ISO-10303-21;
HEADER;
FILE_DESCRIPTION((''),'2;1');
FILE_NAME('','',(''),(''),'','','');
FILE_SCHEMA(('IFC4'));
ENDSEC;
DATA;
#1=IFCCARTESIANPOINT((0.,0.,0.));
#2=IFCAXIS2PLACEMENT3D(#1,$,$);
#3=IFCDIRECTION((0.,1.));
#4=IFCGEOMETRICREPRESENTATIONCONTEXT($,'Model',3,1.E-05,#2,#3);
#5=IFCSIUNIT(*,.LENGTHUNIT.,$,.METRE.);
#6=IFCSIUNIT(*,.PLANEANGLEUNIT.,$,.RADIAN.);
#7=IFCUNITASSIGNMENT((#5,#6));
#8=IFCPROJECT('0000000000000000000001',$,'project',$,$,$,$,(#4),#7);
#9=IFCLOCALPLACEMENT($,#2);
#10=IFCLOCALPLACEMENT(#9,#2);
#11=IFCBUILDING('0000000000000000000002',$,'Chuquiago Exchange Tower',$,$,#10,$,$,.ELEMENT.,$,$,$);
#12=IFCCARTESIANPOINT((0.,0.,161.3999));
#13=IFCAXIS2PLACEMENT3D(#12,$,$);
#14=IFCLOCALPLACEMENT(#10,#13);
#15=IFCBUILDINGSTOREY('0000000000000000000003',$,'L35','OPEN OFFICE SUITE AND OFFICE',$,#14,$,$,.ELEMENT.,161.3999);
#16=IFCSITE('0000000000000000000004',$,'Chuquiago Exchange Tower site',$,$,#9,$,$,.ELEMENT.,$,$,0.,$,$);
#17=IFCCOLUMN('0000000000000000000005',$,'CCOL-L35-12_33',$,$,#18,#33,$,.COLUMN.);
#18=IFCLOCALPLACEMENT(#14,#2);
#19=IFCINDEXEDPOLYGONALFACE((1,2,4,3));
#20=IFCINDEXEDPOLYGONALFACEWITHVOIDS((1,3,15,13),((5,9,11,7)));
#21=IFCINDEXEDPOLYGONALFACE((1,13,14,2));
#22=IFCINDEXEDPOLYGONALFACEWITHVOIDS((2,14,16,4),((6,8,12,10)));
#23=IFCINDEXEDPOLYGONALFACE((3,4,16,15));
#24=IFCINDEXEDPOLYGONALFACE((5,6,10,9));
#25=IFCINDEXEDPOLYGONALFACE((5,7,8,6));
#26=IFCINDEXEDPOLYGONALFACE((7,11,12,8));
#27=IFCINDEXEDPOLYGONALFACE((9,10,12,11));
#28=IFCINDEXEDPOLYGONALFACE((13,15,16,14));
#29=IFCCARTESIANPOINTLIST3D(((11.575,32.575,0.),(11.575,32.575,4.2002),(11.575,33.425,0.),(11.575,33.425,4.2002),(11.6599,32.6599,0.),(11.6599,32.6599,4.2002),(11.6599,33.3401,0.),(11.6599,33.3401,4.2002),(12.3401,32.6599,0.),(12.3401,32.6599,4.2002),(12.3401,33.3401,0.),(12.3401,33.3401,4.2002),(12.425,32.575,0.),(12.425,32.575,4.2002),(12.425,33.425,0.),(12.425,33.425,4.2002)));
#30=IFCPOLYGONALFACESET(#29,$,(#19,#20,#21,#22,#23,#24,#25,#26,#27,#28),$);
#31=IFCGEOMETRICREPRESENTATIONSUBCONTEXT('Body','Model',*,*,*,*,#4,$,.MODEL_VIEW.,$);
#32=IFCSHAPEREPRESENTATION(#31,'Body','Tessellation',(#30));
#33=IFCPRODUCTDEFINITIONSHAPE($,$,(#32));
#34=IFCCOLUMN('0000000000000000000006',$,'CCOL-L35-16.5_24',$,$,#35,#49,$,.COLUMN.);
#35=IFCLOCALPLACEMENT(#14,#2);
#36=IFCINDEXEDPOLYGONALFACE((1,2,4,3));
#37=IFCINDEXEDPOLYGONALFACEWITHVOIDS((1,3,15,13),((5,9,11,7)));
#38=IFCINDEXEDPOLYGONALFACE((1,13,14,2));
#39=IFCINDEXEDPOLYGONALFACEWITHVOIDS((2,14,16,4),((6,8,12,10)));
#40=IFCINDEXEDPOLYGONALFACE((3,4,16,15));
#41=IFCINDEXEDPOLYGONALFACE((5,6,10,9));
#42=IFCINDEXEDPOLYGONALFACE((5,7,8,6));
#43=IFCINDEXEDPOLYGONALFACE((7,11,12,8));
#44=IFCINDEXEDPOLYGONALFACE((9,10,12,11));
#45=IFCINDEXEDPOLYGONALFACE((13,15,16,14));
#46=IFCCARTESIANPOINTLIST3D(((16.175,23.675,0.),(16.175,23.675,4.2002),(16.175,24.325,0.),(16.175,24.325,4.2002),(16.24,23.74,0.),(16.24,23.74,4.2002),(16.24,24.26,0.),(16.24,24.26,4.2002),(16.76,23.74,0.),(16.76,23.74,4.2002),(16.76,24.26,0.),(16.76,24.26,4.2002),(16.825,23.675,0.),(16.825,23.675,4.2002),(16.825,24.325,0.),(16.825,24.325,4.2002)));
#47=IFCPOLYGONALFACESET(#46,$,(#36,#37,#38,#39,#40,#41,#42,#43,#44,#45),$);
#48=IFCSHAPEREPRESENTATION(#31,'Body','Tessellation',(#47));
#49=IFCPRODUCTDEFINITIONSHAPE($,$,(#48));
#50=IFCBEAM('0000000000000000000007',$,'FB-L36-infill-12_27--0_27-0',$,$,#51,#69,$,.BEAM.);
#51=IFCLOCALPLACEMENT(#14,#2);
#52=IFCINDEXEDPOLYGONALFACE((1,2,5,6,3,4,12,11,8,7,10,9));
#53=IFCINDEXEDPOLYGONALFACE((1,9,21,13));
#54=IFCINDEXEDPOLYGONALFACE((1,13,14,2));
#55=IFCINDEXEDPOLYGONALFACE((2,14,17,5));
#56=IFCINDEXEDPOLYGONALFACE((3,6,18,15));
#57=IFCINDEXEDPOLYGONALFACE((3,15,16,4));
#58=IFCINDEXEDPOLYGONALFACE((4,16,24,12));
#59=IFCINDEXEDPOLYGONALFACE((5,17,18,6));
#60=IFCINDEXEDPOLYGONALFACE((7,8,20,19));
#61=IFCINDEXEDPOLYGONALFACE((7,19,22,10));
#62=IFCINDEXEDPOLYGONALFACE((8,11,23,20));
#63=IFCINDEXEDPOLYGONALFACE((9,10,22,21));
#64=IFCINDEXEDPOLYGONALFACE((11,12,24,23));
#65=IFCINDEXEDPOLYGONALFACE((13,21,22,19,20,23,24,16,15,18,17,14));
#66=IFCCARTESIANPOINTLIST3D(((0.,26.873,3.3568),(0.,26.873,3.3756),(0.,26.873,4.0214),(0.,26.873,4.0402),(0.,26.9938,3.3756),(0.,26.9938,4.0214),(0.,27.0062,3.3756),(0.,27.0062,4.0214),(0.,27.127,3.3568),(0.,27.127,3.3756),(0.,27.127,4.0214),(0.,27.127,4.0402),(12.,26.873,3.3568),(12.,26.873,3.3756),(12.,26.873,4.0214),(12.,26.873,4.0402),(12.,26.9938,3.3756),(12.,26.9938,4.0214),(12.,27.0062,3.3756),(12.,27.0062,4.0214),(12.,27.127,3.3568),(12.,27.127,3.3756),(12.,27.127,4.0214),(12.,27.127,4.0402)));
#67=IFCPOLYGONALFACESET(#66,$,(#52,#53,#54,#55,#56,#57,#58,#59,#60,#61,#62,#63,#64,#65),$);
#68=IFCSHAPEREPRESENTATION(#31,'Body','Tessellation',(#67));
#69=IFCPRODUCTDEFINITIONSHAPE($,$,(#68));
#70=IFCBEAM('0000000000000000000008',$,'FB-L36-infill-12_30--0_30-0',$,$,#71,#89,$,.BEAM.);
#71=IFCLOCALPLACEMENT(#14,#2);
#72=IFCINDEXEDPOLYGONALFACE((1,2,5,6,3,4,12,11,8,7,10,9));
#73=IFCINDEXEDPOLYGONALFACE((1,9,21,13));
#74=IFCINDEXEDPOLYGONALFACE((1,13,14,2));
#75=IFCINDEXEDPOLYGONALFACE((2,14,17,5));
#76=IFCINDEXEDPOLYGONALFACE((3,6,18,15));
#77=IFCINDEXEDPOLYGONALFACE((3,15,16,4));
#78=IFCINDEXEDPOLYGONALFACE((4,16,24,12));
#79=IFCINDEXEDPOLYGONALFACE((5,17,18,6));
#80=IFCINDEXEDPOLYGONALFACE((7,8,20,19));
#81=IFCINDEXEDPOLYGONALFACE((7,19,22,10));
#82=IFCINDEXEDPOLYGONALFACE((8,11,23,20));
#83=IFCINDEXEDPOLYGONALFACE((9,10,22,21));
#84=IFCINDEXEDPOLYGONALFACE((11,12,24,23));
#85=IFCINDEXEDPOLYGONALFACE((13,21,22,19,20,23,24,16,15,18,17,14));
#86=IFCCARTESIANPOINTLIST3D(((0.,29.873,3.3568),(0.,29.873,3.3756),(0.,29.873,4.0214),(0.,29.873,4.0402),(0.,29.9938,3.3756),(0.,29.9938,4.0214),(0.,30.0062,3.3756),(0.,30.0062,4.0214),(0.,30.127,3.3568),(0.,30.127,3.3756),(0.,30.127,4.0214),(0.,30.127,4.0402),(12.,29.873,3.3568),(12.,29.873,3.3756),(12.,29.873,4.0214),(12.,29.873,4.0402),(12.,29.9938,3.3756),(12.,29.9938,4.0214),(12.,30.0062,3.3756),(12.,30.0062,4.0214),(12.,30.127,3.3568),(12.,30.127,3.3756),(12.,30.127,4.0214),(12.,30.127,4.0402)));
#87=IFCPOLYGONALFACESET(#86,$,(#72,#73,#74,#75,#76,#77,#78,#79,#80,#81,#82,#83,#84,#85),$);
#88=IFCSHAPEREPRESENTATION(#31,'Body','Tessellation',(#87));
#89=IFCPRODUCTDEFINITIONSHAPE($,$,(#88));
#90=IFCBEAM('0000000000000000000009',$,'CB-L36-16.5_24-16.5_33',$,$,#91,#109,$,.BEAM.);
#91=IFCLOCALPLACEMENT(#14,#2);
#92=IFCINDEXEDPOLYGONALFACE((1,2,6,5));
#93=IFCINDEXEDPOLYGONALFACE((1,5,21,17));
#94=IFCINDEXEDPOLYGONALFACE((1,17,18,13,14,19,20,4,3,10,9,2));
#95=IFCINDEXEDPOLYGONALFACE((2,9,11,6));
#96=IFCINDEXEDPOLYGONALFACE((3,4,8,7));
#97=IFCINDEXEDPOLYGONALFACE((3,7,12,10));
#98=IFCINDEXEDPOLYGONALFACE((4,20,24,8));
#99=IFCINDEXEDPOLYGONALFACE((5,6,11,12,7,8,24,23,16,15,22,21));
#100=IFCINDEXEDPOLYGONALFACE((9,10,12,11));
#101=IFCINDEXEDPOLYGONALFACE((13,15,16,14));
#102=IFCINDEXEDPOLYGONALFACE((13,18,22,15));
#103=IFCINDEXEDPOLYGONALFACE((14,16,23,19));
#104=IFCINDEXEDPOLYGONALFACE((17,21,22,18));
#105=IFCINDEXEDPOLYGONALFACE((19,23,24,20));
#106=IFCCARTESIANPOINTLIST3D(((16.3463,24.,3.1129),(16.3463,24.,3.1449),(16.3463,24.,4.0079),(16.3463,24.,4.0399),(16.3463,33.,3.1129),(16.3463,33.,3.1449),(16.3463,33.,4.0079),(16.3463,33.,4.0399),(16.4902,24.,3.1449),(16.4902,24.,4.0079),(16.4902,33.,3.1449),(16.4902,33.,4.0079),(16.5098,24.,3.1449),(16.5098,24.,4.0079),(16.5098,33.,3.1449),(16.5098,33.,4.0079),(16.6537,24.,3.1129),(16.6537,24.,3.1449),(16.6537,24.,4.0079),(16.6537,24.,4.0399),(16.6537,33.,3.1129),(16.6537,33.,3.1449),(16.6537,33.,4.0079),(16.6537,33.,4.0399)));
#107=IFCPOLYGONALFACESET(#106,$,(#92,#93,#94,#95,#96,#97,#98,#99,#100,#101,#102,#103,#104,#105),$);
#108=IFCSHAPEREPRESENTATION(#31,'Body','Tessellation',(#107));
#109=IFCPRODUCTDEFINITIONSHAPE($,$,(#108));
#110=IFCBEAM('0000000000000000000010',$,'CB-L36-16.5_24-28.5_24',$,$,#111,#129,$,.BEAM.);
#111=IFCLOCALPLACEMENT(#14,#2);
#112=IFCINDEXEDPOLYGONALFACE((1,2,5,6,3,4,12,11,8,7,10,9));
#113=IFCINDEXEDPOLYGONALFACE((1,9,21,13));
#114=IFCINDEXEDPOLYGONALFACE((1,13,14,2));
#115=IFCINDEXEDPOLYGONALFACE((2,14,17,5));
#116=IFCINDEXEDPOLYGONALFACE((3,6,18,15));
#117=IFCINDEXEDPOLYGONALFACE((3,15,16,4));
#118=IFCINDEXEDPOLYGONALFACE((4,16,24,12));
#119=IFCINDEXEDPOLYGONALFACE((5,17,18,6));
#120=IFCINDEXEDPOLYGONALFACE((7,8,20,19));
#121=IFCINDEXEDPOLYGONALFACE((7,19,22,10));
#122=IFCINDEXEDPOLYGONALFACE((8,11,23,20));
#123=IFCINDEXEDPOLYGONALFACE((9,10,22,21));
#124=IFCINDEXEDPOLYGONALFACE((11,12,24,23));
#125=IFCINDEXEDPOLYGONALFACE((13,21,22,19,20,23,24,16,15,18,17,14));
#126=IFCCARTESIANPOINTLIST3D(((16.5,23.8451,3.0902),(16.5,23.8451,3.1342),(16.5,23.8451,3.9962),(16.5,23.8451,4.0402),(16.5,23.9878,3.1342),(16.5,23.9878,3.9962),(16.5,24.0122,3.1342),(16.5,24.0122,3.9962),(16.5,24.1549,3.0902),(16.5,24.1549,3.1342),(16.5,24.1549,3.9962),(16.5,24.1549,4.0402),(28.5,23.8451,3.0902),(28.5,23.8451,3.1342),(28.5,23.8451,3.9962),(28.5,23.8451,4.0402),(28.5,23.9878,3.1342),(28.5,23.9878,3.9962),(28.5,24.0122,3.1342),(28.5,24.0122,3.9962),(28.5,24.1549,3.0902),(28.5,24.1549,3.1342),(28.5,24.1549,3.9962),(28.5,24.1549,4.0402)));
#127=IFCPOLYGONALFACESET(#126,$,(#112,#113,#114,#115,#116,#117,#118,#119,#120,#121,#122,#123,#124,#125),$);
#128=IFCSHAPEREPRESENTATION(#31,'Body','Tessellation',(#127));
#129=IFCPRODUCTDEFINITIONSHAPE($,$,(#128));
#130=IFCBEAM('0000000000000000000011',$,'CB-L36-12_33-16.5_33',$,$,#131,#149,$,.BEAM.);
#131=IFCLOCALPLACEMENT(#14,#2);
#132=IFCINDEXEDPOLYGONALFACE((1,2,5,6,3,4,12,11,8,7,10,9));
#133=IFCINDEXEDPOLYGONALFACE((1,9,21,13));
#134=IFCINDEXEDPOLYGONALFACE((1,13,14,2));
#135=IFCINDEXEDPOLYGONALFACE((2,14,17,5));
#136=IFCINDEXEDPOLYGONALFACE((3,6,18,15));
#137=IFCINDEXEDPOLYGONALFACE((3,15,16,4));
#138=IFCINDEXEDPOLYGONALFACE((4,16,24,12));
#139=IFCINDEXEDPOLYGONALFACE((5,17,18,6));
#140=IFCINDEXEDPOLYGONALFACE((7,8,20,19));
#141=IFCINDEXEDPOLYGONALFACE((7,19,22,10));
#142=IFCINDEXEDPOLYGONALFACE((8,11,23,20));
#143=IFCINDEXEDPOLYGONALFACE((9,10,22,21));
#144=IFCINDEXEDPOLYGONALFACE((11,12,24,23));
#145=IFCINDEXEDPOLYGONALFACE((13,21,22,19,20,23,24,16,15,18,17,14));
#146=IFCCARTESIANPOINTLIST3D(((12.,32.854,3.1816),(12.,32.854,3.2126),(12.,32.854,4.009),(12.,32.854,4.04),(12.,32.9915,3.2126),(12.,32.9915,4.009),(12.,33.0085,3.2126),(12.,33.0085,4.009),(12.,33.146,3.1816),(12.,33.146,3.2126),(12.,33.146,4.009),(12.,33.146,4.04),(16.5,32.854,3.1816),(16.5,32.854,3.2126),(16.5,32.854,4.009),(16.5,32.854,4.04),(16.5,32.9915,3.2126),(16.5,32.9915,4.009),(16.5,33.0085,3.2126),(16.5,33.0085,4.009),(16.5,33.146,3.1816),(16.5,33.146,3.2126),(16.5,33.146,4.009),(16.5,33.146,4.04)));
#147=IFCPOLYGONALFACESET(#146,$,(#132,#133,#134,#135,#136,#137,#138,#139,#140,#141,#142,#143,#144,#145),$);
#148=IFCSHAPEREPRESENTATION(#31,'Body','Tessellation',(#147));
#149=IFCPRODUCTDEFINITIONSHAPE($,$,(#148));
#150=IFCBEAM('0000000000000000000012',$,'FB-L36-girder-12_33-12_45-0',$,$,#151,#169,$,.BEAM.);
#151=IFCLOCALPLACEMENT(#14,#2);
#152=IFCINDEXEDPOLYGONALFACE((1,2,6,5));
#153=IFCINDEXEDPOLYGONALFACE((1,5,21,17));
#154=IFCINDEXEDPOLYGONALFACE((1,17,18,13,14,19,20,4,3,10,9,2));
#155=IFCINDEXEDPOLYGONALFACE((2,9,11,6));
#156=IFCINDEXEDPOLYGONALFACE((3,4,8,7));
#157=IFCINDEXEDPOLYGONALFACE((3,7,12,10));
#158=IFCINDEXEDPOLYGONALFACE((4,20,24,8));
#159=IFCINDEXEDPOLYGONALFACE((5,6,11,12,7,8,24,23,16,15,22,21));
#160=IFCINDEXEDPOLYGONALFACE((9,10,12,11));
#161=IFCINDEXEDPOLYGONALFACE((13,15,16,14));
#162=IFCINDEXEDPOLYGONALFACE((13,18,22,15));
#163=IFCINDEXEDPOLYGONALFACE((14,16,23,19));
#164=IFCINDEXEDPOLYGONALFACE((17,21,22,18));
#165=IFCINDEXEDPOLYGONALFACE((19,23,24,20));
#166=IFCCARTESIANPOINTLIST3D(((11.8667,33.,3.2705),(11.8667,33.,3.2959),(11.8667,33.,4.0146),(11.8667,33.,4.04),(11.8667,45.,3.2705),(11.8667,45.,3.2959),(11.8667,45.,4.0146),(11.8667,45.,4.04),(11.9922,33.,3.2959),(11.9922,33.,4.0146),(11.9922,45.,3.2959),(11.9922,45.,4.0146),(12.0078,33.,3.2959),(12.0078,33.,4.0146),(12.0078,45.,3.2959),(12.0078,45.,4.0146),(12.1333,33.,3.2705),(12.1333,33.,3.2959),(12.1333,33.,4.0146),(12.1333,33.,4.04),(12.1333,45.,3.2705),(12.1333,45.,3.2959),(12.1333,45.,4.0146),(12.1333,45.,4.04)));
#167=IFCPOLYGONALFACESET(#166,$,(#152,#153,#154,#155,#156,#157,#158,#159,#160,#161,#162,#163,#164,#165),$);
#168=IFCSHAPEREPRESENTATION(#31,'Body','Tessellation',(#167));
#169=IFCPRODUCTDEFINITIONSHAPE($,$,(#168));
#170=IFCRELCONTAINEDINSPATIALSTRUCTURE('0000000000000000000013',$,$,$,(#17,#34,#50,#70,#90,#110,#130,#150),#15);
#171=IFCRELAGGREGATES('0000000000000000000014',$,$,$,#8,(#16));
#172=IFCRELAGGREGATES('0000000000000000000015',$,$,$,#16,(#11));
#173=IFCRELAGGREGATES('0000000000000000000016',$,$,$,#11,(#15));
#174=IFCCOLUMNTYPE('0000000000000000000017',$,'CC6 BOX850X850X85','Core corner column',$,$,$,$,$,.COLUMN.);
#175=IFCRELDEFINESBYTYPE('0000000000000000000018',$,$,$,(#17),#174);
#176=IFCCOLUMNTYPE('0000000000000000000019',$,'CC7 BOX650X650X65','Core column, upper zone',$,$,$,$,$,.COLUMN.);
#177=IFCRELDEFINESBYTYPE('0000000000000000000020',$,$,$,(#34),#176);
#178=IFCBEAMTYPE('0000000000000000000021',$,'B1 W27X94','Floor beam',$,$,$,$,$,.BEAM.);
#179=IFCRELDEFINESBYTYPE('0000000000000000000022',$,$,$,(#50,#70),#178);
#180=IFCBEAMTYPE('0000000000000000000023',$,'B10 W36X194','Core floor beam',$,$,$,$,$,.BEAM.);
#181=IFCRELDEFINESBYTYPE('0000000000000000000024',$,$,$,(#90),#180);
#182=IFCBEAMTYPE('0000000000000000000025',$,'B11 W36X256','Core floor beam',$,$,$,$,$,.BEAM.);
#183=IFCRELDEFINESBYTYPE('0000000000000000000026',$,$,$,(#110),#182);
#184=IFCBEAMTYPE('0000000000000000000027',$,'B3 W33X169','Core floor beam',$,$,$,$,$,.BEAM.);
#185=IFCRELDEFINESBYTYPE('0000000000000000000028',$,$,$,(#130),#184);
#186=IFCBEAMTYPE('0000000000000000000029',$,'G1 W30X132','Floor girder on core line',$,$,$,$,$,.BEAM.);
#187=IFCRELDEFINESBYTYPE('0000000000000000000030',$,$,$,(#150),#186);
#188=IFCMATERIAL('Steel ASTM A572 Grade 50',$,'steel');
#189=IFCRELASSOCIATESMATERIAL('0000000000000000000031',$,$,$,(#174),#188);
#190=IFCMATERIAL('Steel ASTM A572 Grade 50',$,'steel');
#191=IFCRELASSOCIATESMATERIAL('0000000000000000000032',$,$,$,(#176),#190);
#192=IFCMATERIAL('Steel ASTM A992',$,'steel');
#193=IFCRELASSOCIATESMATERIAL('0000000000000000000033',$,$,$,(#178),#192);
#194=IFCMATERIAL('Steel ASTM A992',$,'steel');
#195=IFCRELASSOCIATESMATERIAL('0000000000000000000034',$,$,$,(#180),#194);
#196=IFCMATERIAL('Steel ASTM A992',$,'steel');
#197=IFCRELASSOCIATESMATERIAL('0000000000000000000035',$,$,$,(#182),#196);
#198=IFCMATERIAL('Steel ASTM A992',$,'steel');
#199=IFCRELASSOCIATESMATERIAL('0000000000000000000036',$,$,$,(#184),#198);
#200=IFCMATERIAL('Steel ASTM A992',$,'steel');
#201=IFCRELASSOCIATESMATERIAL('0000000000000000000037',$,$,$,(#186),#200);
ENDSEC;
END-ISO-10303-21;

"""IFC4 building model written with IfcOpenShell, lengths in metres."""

from ifc_helpers import new_model, si_unit, direction, frame, origin, origin_2d, place, context, subcontext, project, spatial, hollow_rectangle, i_section, extrude, material, material_profile, profile_set, type_object, element, save


model = new_model("IFC4")

# Units and contexts
model_context = context("Model", 3, precision=1e-05, world=origin(), true_north=direction((0.0, 1.0)))
body_context = subcontext(model_context, "Body", "Model", "MODEL_VIEW")
ifc_project = project(units=[si_unit("LENGTHUNIT", "METRE"), si_unit("PLANEANGLEUNIT", "RADIAN")], contexts=[model_context])

# Site, building, storey
site_placement = place(None, origin())
site = spatial("IfcSite", under=ifc_project, at=site_placement, Name="Chuquiago Exchange Tower site", CompositionType="ELEMENT", RefElevation=0.0)
building_placement = place(site_placement, origin())
building = spatial("IfcBuilding", under=site, at=building_placement, Name="Chuquiago Exchange Tower", CompositionType="ELEMENT")
storey_placement = place(building_placement, frame((0.0, 0.0, 161.3999)))
storey = spatial("IfcBuildingStorey", under=building, at=storey_placement, Name="L35", Description="OPEN OFFICE SUITE AND OFFICE", CompositionType="ELEMENT", Elevation=161.3999)

# Columns
ifc_material_1 = material(Name="Steel ASTM A572 Grade 50", Category="steel")
ifc_material_profile_1 = material_profile(ifc_material_1, hollow_rectangle(XDim=0.8501, YDim=0.8501, WallThickness=0.085, at=origin_2d()), Name="BOX850X850X85")
ifc_profile_set_1 = profile_set([ifc_material_profile_1], Name="Steel ASTM A572 Grade 50")
column_type_1 = type_object("IfcColumnType", Name="CC6 BOX850X850X85", Description="Core corner column", PredefinedType="COLUMN", material=ifc_profile_set_1)
column_1_placement = place(storey_placement, frame((12.0, 33.0, 0.0), z_axis=(0.0, 0.0, 1.0), x_axis=(1.0, 0.0, 0.0)))
element("IfcColumn", 1, at=column_1_placement, inside=storey, type_object=column_type_1, Name="CCOL-L35-12_33", PredefinedType="COLUMN", context=body_context, shape_type="SweptSolid", body=[
    extrude(hollow_rectangle(XDim=0.8501, YDim=0.8501, WallThickness=0.085, at=origin_2d()), origin(), (0.0, 0.0, 1.0), 4.2002),
])
ifc_material_2 = material(Name="Steel ASTM A572 Grade 50", Category="steel")
ifc_material_profile_2 = material_profile(ifc_material_2, hollow_rectangle(XDim=0.6499, YDim=0.6499, WallThickness=0.0649, at=origin_2d()), Name="BOX650X650X65")
ifc_profile_set_2 = profile_set([ifc_material_profile_2], Name="Steel ASTM A572 Grade 50")
column_type_2 = type_object("IfcColumnType", Name="CC7 BOX650X650X65", Description="Core column, upper zone", PredefinedType="COLUMN", material=ifc_profile_set_2)
column_2_placement = place(storey_placement, frame((16.5, 24.0, 0.0), z_axis=(0.0, 0.0, 1.0), x_axis=(1.0, 0.0, 0.0)))
element("IfcColumn", 2, at=column_2_placement, inside=storey, type_object=column_type_2, Name="CCOL-L35-16.5_24", PredefinedType="COLUMN", context=body_context, shape_type="SweptSolid", body=[
    extrude(hollow_rectangle(XDim=0.6499, YDim=0.6499, WallThickness=0.0649, at=origin_2d()), origin(), (0.0, 0.0, 1.0), 4.2002),
])

# Beams
ifc_material_3 = material(Name="Steel ASTM A992", Category="steel")
ifc_material_profile_3 = material_profile(ifc_material_3, i_section(OverallWidth=0.2539, OverallDepth=0.6833, WebThickness=0.0125, FlangeThickness=0.0188, at=origin_2d()), Name="W27X94")
ifc_profile_set_3 = profile_set([ifc_material_profile_3], Name="Steel ASTM A992")
beam_type_1 = type_object("IfcBeamType", Name="B1 W27X94", Description="Floor beam", PredefinedType="BEAM", material=ifc_profile_set_3)
for number, where, z_axis, x_axis, name in (
    (3, (12.0, 27.0, 3.6985), (-1.0, 0.0, 0.0), (0.0, -1.0, 0.0), "FB-L36-infill-12_27--0_27-0"),
    (4, (12.0, 30.0, 3.6985), (-1.0, 0.0, 0.0), (0.0, -1.0, 0.0), "FB-L36-infill-12_30--0_30-0"),
):
    element("IfcBeam", number, at=place(storey_placement, frame(where, z_axis=z_axis, x_axis=x_axis)), inside=storey, type_object=beam_type_1, Name=name, PredefinedType="BEAM", context=body_context, shape_type="SweptSolid", body=[
        extrude(i_section(OverallWidth=0.2539, OverallDepth=0.6833, WebThickness=0.0125, FlangeThickness=0.0188, at=origin_2d()), origin(), (0.0, 0.0, 1.0), 12.0),
    ])
ifc_material_4 = material(Name="Steel ASTM A992", Category="steel")
ifc_material_profile_4 = material_profile(ifc_material_4, i_section(OverallWidth=0.3074, OverallDepth=0.927, WebThickness=0.0195, FlangeThickness=0.032, at=origin_2d()), Name="W36X194")
ifc_profile_set_4 = profile_set([ifc_material_profile_4], Name="Steel ASTM A992")
beam_type_2 = type_object("IfcBeamType", Name="B10 W36X194", Description="Core floor beam", PredefinedType="BEAM", material=ifc_profile_set_4)
beam_1_placement = place(storey_placement, frame((16.5, 24.0, 3.5764), z_axis=(0.0, 1.0, 0.0), x_axis=(-1.0, 0.0, 0.0)))
element("IfcBeam", 5, at=beam_1_placement, inside=storey, type_object=beam_type_2, Name="CB-L36-16.5_24-16.5_33", PredefinedType="BEAM", context=body_context, shape_type="SweptSolid", body=[
    extrude(i_section(OverallWidth=0.3074, OverallDepth=0.927, WebThickness=0.0195, FlangeThickness=0.032, at=origin_2d()), origin(), (0.0, 0.0, 1.0), 9.0),
])
ifc_material_5 = material(Name="Steel ASTM A992", Category="steel")
ifc_material_profile_5 = material_profile(ifc_material_5, i_section(OverallWidth=0.3098, OverallDepth=0.95, WebThickness=0.0244, FlangeThickness=0.0439, at=origin_2d()), Name="W36X256")
ifc_profile_set_5 = profile_set([ifc_material_profile_5], Name="Steel ASTM A992")
beam_type_3 = type_object("IfcBeamType", Name="B11 W36X256", Description="Core floor beam", PredefinedType="BEAM", material=ifc_profile_set_5)
beam_2_placement = place(storey_placement, frame((16.5, 24.0, 3.5652), z_axis=(1.0, 0.0, 0.0), x_axis=(0.0, 1.0, 0.0)))
element("IfcBeam", 6, at=beam_2_placement, inside=storey, type_object=beam_type_3, Name="CB-L36-16.5_24-28.5_24", PredefinedType="BEAM", context=body_context, shape_type="SweptSolid", body=[
    extrude(i_section(OverallWidth=0.3098, OverallDepth=0.95, WebThickness=0.0244, FlangeThickness=0.0439, at=origin_2d()), origin(), (0.0, 0.0, 1.0), 12.0),
])
ifc_material_6 = material(Name="Steel ASTM A992", Category="steel")
ifc_material_profile_6 = material_profile(ifc_material_6, i_section(OverallWidth=0.292, OverallDepth=0.8584, WebThickness=0.0171, FlangeThickness=0.031, at=origin_2d()), Name="W33X169")
ifc_profile_set_6 = profile_set([ifc_material_profile_6], Name="Steel ASTM A992")
beam_type_4 = type_object("IfcBeamType", Name="B3 W33X169", Description="Core floor beam", PredefinedType="BEAM", material=ifc_profile_set_6)
beam_3_placement = place(storey_placement, frame((12.0, 33.0, 3.6108), z_axis=(1.0, 0.0, 0.0), x_axis=(0.0, 1.0, 0.0)))
element("IfcBeam", 7, at=beam_3_placement, inside=storey, type_object=beam_type_4, Name="CB-L36-12_33-16.5_33", PredefinedType="BEAM", context=body_context, shape_type="SweptSolid", body=[
    extrude(i_section(OverallWidth=0.292, OverallDepth=0.8584, WebThickness=0.0171, FlangeThickness=0.031, at=origin_2d()), origin(), (0.0, 0.0, 1.0), 4.5),
])
ifc_material_7 = material(Name="Steel ASTM A992", Category="steel")
ifc_material_profile_7 = material_profile(ifc_material_7, i_section(OverallWidth=0.2666, OverallDepth=0.7695, WebThickness=0.0156, FlangeThickness=0.0254, at=origin_2d()), Name="W30X132")
ifc_profile_set_7 = profile_set([ifc_material_profile_7], Name="Steel ASTM A992")
beam_type_5 = type_object("IfcBeamType", Name="G1 W30X132", Description="Floor girder on core line", PredefinedType="BEAM", material=ifc_profile_set_7)
for number, where, z_axis, x_axis, name in (
    (8, (12.0, 33.0, 3.6553), (0.0, 1.0, 0.0), (-1.0, 0.0, 0.0), "FB-L36-girder-12_33-12_45-0"),
):
    element("IfcBeam", number, at=place(storey_placement, frame(where, z_axis=z_axis, x_axis=x_axis)), inside=storey, type_object=beam_type_5, Name=name, PredefinedType="BEAM", context=body_context, shape_type="SweptSolid", body=[
        extrude(i_section(OverallWidth=0.2666, OverallDepth=0.7695, WebThickness=0.0156, FlangeThickness=0.0254, at=origin_2d()), origin(), (0.0, 0.0, 1.0), 12.0),
    ])

save(model, "model.ifc")
